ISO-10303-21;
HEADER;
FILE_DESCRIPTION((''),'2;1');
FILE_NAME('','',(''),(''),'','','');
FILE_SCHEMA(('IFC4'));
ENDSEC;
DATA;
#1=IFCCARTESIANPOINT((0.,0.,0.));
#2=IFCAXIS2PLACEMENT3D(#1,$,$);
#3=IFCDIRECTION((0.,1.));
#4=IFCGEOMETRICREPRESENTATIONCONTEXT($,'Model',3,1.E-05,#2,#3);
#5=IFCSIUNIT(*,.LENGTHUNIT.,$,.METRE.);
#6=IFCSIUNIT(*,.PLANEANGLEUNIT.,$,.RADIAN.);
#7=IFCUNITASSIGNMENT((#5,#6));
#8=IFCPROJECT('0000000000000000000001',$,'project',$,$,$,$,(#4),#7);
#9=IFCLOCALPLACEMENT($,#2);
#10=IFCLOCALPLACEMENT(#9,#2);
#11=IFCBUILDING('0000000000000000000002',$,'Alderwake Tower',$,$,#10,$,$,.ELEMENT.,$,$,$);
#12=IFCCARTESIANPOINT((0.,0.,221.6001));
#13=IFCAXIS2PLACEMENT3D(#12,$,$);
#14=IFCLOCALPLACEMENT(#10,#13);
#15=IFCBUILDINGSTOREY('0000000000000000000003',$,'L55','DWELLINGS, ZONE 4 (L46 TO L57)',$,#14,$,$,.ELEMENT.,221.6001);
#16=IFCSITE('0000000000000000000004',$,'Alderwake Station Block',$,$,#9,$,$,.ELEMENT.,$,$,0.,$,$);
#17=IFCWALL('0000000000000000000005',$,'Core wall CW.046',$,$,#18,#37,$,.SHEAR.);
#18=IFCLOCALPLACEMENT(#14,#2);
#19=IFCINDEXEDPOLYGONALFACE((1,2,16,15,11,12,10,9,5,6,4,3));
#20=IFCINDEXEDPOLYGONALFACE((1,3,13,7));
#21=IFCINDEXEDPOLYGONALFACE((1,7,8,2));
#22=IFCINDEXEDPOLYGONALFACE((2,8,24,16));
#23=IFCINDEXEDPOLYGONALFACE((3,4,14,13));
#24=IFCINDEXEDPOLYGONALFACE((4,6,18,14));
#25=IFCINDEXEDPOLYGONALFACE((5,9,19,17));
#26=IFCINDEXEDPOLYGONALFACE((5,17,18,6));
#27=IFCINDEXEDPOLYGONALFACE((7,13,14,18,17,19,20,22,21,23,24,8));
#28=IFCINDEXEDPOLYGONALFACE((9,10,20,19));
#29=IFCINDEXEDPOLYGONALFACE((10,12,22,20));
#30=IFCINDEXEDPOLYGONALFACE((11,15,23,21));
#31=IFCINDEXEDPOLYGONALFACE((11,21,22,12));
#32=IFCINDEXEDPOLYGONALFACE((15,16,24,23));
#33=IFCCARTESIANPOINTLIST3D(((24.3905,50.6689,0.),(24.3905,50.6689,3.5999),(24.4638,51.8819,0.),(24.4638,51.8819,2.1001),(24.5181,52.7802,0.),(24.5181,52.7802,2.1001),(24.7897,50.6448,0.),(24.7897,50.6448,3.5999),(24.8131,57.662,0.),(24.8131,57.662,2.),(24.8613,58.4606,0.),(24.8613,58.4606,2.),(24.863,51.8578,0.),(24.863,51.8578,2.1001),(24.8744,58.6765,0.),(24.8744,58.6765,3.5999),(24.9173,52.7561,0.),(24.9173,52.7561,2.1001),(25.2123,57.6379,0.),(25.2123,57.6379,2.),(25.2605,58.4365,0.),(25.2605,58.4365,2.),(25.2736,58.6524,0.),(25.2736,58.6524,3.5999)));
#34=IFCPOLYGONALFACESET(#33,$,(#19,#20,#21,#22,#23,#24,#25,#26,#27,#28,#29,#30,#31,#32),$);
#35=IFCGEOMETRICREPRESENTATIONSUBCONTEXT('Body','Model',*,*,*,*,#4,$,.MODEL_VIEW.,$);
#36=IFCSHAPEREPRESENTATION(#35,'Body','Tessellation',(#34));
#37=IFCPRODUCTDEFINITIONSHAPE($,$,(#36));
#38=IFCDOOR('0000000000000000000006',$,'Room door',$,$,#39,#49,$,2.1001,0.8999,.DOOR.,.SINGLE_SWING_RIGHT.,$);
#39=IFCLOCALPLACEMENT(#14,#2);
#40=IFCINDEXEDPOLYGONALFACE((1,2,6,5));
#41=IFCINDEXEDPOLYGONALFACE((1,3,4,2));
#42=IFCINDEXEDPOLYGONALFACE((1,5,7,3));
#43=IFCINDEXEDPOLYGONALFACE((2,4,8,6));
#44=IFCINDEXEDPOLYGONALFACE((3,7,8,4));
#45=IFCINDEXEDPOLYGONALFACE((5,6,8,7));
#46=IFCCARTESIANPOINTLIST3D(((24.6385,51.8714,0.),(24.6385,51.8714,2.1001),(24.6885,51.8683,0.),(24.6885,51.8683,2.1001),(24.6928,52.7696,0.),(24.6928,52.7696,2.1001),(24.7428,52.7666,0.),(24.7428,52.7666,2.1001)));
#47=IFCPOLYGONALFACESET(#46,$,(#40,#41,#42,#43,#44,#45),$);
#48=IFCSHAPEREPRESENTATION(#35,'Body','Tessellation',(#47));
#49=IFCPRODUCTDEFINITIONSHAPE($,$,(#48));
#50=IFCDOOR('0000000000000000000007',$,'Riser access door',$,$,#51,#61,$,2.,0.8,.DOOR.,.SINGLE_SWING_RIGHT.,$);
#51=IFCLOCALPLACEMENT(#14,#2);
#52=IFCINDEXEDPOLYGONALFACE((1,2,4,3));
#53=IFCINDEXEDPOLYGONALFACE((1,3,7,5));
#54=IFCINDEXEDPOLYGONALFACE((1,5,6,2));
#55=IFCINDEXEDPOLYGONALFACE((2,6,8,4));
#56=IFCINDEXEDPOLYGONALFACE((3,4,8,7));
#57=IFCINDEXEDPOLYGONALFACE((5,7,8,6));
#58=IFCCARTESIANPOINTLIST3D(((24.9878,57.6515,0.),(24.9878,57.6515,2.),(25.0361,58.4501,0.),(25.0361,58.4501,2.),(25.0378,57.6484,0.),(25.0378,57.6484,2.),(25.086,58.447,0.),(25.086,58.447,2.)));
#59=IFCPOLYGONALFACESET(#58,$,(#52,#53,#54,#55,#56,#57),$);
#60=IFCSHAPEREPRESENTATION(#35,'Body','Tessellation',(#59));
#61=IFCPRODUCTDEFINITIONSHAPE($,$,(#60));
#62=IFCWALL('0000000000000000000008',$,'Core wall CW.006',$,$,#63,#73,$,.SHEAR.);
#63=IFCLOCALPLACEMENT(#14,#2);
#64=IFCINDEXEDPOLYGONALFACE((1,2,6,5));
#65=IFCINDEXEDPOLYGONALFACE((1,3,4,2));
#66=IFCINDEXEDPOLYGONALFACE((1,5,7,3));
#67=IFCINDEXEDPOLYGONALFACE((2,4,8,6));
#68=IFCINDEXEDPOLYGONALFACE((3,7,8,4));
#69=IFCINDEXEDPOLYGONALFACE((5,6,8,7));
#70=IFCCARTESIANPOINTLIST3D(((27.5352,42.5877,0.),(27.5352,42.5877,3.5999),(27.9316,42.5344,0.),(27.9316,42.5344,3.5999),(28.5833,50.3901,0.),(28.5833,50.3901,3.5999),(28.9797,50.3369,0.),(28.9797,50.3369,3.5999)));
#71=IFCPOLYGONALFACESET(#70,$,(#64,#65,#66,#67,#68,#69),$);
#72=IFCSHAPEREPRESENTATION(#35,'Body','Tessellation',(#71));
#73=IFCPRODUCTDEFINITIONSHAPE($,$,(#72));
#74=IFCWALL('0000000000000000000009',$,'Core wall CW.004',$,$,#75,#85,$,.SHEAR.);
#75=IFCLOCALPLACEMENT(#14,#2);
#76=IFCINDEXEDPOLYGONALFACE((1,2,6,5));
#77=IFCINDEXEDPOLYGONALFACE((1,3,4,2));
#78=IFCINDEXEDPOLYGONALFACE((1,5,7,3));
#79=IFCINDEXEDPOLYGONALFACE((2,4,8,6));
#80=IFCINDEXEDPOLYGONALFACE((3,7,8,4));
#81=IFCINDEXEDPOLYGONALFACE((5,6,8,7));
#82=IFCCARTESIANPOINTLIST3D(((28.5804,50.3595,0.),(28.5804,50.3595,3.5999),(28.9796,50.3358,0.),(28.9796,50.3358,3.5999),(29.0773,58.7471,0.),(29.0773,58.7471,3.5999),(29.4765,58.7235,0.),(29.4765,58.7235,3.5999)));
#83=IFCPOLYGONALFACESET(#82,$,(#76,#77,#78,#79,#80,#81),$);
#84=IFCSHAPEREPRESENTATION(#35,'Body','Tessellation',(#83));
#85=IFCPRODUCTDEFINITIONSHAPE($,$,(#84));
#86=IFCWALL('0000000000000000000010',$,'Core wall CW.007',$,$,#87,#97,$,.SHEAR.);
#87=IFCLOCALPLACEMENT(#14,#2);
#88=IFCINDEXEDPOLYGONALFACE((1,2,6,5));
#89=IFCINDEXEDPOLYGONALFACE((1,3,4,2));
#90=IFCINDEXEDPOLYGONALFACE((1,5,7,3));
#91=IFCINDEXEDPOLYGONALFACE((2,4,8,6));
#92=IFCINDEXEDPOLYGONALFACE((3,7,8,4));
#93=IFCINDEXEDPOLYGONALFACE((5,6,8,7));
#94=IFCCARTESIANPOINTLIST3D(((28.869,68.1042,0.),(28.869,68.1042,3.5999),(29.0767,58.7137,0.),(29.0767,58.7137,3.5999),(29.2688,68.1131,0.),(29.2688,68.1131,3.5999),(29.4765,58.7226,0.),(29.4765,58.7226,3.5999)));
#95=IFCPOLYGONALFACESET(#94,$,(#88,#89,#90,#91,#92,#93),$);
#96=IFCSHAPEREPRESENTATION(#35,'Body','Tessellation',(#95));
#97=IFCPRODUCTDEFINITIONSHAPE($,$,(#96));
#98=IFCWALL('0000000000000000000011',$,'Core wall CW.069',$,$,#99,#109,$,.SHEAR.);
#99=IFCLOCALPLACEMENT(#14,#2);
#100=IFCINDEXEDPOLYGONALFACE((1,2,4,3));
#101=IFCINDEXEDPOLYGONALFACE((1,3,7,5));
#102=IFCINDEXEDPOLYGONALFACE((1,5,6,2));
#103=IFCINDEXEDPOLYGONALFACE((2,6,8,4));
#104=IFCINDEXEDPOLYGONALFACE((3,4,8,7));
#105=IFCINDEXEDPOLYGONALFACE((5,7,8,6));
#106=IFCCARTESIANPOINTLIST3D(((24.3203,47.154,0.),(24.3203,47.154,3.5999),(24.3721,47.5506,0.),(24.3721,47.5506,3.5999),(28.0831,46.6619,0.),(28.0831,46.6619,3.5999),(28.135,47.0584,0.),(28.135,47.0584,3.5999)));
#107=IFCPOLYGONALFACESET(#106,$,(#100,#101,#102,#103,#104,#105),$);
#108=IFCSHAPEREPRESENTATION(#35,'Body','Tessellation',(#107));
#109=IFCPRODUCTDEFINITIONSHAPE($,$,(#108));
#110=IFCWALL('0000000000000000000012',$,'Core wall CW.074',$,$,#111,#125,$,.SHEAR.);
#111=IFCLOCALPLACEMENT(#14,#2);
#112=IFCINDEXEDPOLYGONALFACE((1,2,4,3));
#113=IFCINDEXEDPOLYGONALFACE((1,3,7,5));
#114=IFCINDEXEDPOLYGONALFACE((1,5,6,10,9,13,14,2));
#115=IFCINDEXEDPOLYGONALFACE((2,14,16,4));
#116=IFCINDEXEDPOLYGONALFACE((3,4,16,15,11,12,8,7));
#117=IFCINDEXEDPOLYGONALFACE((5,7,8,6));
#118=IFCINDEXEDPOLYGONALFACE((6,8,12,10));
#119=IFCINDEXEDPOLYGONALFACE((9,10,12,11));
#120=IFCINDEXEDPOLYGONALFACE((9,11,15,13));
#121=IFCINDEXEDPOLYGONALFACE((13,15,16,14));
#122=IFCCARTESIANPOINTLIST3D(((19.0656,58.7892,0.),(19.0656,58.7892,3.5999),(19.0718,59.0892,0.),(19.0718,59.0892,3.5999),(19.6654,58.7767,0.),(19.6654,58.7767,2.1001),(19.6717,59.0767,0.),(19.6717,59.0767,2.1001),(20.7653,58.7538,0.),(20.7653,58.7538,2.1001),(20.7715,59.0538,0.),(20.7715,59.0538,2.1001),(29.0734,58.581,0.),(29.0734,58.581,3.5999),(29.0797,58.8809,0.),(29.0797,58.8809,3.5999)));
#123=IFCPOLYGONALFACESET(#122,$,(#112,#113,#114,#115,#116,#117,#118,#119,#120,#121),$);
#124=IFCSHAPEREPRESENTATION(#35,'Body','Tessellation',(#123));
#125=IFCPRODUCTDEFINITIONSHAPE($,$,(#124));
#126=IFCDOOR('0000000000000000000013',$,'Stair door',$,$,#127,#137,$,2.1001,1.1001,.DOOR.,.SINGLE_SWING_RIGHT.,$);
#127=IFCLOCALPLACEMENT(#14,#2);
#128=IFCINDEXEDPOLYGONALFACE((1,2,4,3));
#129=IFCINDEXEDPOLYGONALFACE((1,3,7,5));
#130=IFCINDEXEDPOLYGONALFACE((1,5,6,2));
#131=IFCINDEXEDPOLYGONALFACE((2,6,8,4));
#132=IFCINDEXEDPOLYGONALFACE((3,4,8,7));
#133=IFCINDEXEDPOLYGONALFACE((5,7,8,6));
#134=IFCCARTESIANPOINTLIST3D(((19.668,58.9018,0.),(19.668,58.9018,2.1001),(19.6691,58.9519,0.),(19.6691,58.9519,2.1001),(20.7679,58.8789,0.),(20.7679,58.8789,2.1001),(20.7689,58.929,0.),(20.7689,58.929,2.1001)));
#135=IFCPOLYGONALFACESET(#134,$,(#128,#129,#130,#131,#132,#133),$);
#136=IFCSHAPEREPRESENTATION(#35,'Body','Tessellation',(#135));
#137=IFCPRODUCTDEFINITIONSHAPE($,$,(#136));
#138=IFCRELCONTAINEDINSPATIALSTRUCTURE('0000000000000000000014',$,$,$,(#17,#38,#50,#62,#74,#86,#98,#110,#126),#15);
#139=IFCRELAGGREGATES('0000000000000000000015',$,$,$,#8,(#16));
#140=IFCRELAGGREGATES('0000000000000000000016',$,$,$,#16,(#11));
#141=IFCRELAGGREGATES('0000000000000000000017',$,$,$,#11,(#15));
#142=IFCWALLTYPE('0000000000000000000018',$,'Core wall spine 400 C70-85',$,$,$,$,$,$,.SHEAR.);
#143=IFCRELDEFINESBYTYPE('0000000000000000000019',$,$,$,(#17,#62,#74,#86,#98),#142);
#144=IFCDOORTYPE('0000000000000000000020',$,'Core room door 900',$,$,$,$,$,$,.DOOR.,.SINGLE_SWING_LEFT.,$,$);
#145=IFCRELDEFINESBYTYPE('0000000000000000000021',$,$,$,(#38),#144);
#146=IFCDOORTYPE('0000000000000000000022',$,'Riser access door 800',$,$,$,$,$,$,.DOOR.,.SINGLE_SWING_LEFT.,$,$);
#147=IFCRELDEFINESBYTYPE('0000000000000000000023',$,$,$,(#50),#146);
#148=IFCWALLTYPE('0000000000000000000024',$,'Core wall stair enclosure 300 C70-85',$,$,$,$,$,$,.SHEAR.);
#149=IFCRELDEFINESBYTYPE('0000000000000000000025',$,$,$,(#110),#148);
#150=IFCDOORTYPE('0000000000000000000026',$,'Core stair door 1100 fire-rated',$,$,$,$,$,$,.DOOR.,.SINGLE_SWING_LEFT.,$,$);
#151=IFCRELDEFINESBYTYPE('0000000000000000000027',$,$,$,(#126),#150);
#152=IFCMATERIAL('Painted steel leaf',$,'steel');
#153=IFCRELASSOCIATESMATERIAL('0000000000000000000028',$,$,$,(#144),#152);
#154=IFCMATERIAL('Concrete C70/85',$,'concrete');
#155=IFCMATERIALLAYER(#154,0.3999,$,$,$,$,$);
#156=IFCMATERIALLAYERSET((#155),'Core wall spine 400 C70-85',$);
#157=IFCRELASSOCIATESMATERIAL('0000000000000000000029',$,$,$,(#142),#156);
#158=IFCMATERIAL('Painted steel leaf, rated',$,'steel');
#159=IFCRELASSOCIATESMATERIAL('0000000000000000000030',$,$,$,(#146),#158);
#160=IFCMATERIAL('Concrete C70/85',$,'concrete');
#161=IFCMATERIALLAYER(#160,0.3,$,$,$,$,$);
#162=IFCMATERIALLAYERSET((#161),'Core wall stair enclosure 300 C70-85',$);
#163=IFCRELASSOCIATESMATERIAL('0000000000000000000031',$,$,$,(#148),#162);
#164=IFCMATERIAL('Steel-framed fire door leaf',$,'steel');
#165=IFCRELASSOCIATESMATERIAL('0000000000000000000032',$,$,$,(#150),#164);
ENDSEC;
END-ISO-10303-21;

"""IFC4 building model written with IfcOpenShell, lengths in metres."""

from ifc_helpers import new_model, si_unit, direction, frame, frame_2d, origin, place, context, subcontext, project, spatial, rectangle, extrude, material, layer, layer_set, type_object, element, fill, save


model = new_model("IFC4")

# Units and contexts
model_context = context("Model", 3, precision=1e-05, world=origin(), true_north=direction((0.0, 1.0)))
body_context = subcontext(model_context, "Body", "Model", "MODEL_VIEW")
ifc_project = project(units=[si_unit("LENGTHUNIT", "METRE"), si_unit("PLANEANGLEUNIT", "RADIAN")], contexts=[model_context])

# Site, building, storey
site_placement = place(None, origin())
site = spatial("IfcSite", under=ifc_project, at=site_placement, Name="Alderwake Station Block", CompositionType="ELEMENT", RefElevation=0.0)
building_placement = place(site_placement, origin())
building = spatial("IfcBuilding", under=site, at=building_placement, Name="Alderwake Tower", CompositionType="ELEMENT")
storey_placement = place(building_placement, frame((0.0, 0.0, 221.6001)))
storey = spatial("IfcBuildingStorey", under=building, at=storey_placement, Name="L55", Description="DWELLINGS, ZONE 4 (L46 TO L57)", CompositionType="ELEMENT", Elevation=221.6001)

# Shared definitions
ifc_material_1 = material(Name="Painted steel leaf", Category="steel")
door_type_1 = type_object("IfcDoorType", Name="Core room door 900", OperationType="SINGLE_SWING_LEFT", PredefinedType="DOOR", material=ifc_material_1)

# Wall, openings, doors
ifc_material_2 = material(Name="Concrete C70/85", Category="concrete")
ifc_layer_1 = layer(ifc_material_2, 0.3999)
ifc_layer_set_1 = layer_set([ifc_layer_1], Name="Core wall spine 400 C70-85")
wall_type_1 = type_object("IfcWallType", Name="Core wall spine 400 C70-85", PredefinedType="SHEAR", material=ifc_layer_set_1)
wall_1_placement = place(storey_placement, frame((24.5901, 50.6567, 0.0), z_axis=(0.0, 0.0, 1.0), x_axis=(0.060319, 0.998179, 0.0)))
wall_1 = element("IfcWall", 1, at=wall_1_placement, inside=storey, type_object=wall_type_1, Name="Core wall CW.046", PredefinedType="SHEAR", context=body_context, shape_type="SweptSolid", body=[
    extrude(rectangle(XDim=8.0222, YDim=0.3999, at=frame_2d((4.0112, 0.0))), origin(), (0.0, 0.0, 1.0), 3.5999),
])
opening_1_placement = place(wall_1_placement, frame((7.0061, 0.0, 0.0)))
opening_1 = element("IfcOpeningElement", 2, at=opening_1_placement, cuts=wall_1, PredefinedType="OPENING", context=body_context, shape_type="SweptSolid", body=[
    extrude(rectangle(XDim=0.8, YDim=2.0, at=frame_2d((0.3999, 1.0))), frame((0.0, 0.21, 0.0), z_axis=(0.0, -1.0, 0.0), x_axis=(1.0, 0.0, 0.0)), (0.0, 0.0, 1.0), 0.4199),
])
opening_2_placement = place(wall_1_placement, frame((1.2153, 0.0, 0.0)))
opening_2 = element("IfcOpeningElement", 3, at=opening_2_placement, cuts=wall_1, PredefinedType="OPENING", context=body_context, shape_type="SweptSolid", body=[
    extrude(rectangle(XDim=0.8999, YDim=2.1001, at=frame_2d((0.45, 1.05))), frame((0.0, 0.21, 0.0), z_axis=(0.0, -1.0, 0.0), x_axis=(1.0, 0.0, 0.0)), (0.0, 0.0, 1.0), 0.4199),
])
door_1_placement = place(opening_2_placement, origin())
door_1 = element("IfcDoor", 4, at=door_1_placement, inside=storey, type_object=door_type_1, Name="Room door", OperationType="SINGLE_SWING_RIGHT", OverallHeight=2.1001, OverallWidth=0.8999, PredefinedType="DOOR", context=body_context, shape_type="SweptSolid", body=[
    extrude(rectangle(XDim=0.8999, YDim=2.1001, at=frame_2d((0.45, 1.05))), frame((0.0, 0.0249, 0.0), z_axis=(0.0, -1.0, 0.0), x_axis=(1.0, 0.0, 0.0)), (0.0, 0.0, 1.0), 0.05),
])
fill(opening_2, door_1)
ifc_material_3 = material(Name="Painted steel leaf, rated", Category="steel")
door_type_2 = type_object("IfcDoorType", Name="Riser access door 800", OperationType="SINGLE_SWING_LEFT", PredefinedType="DOOR", material=ifc_material_3)
door_2_placement = place(opening_1_placement, origin())
door_2 = element("IfcDoor", 5, at=door_2_placement, inside=storey, type_object=door_type_2, Name="Riser access door", OperationType="SINGLE_SWING_RIGHT", OverallHeight=2.0, OverallWidth=0.8, PredefinedType="DOOR", context=body_context, shape_type="SweptSolid", body=[
    extrude(rectangle(XDim=0.8, YDim=2.0, at=frame_2d((0.3999, 1.0))), frame((0.0, 0.0249, 0.0), z_axis=(0.0, -1.0, 0.0), x_axis=(1.0, 0.0, 0.0)), (0.0, 0.0, 1.0), 0.05),
])
fill(opening_1, door_2)

# Walls
wall_2_placement = place(storey_placement, frame((27.7334, 42.561, 0.0), z_axis=(0.0, 0.0, 1.0), x_axis=(0.133133, 0.991098, 0.0)))
element("IfcWall", 6, at=wall_2_placement, inside=storey, type_object=wall_type_1, Name="Core wall CW.006", PredefinedType="SHEAR", context=body_context, shape_type="SweptSolid", body=[
    extrude(rectangle(XDim=7.8726, YDim=0.3999, at=frame_2d((3.9363, 0.0))), origin(), (0.0, 0.0, 1.0), 3.5999),
])
wall_3_placement = place(storey_placement, frame((28.78, 50.3477, 0.0), z_axis=(0.0, 0.0, 1.0), x_axis=(0.059129, 0.99825, 0.0)))
element("IfcWall", 7, at=wall_3_placement, inside=storey, type_object=wall_type_1, Name="Core wall CW.004", PredefinedType="SHEAR", context=body_context, shape_type="SweptSolid", body=[
    extrude(rectangle(XDim=8.4023, YDim=0.3999, at=frame_2d((4.2012, 0.0))), origin(), (0.0, 0.0, 1.0), 3.5999),
])
wall_4_placement = place(storey_placement, frame((29.2766, 58.7183, 0.0), z_axis=(0.0, 0.0, 1.0), x_axis=(-0.022119, 0.999755, 0.0)))
element("IfcWall", 8, at=wall_4_placement, inside=storey, type_object=wall_type_1, Name="Core wall CW.007", PredefinedType="SHEAR", context=body_context, shape_type="SweptSolid", body=[
    extrude(rectangle(XDim=9.3928, YDim=0.3999, at=frame_2d((4.6963, 0.0))), origin(), (0.0, 0.0, 1.0), 3.5999),
])
wall_5_placement = place(storey_placement, frame((24.3462, 47.3523, 0.0), z_axis=(0.0, 0.0, 1.0), x_axis=(0.991554, -0.129694, 0.0)))
element("IfcWall", 9, at=wall_5_placement, inside=storey, type_object=wall_type_1, Name="Core wall CW.069", PredefinedType="SHEAR", context=body_context, shape_type="SweptSolid", body=[
    extrude(rectangle(XDim=3.7949, YDim=0.3999, at=frame_2d((1.8975, 0.0))), origin(), (0.0, 0.0, 1.0), 3.5999),
])

# Wall, opening, door
ifc_material_4 = material(Name="Concrete C70/85", Category="concrete")
ifc_layer_2 = layer(ifc_material_4, 0.3)
ifc_layer_set_2 = layer_set([ifc_layer_2], Name="Core wall stair enclosure 300 C70-85")
wall_type_2 = type_object("IfcWallType", Name="Core wall stair enclosure 300 C70-85", PredefinedType="SHEAR", material=ifc_layer_set_2)
wall_6_placement = place(storey_placement, frame((29.0764, 58.731, 0.0), z_axis=(0.0, 0.0, 1.0), x_axis=(-0.999784, 0.020804, 0.0)))
wall_6 = element("IfcWall", 10, at=wall_6_placement, inside=storey, type_object=wall_type_2, Name="Core wall CW.074", PredefinedType="SHEAR", context=body_context, shape_type="SweptSolid", body=[
    extrude(rectangle(XDim=10.01, YDim=0.3, at=frame_2d((5.0049, 0.0))), origin(), (0.0, 0.0, 1.0), 3.5999),
])
opening_3_placement = place(wall_6_placement, frame((8.3098, 0.0, 0.0)))
opening_3 = element("IfcOpeningElement", 11, at=opening_3_placement, cuts=wall_6, PredefinedType="OPENING", context=body_context, shape_type="SweptSolid", body=[
    extrude(rectangle(XDim=1.1001, YDim=2.1001, at=frame_2d((0.55, 1.05))), frame((0.0, 0.1599, 0.0), z_axis=(0.0, -1.0, 0.0), x_axis=(1.0, 0.0, 0.0)), (0.0, 0.0, 1.0), 0.3201),
])
ifc_material_5 = material(Name="Steel-framed fire door leaf", Category="steel")
door_type_3 = type_object("IfcDoorType", Name="Core stair door 1100 fire-rated", OperationType="SINGLE_SWING_LEFT", PredefinedType="DOOR", material=ifc_material_5)
door_3_placement = place(opening_3_placement, origin())
door_3 = element("IfcDoor", 12, at=door_3_placement, inside=storey, type_object=door_type_3, Name="Stair door", OperationType="SINGLE_SWING_RIGHT", OverallHeight=2.1001, OverallWidth=1.1001, PredefinedType="DOOR", context=body_context, shape_type="SweptSolid", body=[
    extrude(rectangle(XDim=1.1001, YDim=2.1001, at=frame_2d((0.55, 1.05))), frame((0.0, 0.0249, 0.0), z_axis=(0.0, -1.0, 0.0), x_axis=(1.0, 0.0, 0.0)), (0.0, 0.0, 1.0), 0.05),
])
fill(opening_3, door_3)

save(model, "model.ifc")
